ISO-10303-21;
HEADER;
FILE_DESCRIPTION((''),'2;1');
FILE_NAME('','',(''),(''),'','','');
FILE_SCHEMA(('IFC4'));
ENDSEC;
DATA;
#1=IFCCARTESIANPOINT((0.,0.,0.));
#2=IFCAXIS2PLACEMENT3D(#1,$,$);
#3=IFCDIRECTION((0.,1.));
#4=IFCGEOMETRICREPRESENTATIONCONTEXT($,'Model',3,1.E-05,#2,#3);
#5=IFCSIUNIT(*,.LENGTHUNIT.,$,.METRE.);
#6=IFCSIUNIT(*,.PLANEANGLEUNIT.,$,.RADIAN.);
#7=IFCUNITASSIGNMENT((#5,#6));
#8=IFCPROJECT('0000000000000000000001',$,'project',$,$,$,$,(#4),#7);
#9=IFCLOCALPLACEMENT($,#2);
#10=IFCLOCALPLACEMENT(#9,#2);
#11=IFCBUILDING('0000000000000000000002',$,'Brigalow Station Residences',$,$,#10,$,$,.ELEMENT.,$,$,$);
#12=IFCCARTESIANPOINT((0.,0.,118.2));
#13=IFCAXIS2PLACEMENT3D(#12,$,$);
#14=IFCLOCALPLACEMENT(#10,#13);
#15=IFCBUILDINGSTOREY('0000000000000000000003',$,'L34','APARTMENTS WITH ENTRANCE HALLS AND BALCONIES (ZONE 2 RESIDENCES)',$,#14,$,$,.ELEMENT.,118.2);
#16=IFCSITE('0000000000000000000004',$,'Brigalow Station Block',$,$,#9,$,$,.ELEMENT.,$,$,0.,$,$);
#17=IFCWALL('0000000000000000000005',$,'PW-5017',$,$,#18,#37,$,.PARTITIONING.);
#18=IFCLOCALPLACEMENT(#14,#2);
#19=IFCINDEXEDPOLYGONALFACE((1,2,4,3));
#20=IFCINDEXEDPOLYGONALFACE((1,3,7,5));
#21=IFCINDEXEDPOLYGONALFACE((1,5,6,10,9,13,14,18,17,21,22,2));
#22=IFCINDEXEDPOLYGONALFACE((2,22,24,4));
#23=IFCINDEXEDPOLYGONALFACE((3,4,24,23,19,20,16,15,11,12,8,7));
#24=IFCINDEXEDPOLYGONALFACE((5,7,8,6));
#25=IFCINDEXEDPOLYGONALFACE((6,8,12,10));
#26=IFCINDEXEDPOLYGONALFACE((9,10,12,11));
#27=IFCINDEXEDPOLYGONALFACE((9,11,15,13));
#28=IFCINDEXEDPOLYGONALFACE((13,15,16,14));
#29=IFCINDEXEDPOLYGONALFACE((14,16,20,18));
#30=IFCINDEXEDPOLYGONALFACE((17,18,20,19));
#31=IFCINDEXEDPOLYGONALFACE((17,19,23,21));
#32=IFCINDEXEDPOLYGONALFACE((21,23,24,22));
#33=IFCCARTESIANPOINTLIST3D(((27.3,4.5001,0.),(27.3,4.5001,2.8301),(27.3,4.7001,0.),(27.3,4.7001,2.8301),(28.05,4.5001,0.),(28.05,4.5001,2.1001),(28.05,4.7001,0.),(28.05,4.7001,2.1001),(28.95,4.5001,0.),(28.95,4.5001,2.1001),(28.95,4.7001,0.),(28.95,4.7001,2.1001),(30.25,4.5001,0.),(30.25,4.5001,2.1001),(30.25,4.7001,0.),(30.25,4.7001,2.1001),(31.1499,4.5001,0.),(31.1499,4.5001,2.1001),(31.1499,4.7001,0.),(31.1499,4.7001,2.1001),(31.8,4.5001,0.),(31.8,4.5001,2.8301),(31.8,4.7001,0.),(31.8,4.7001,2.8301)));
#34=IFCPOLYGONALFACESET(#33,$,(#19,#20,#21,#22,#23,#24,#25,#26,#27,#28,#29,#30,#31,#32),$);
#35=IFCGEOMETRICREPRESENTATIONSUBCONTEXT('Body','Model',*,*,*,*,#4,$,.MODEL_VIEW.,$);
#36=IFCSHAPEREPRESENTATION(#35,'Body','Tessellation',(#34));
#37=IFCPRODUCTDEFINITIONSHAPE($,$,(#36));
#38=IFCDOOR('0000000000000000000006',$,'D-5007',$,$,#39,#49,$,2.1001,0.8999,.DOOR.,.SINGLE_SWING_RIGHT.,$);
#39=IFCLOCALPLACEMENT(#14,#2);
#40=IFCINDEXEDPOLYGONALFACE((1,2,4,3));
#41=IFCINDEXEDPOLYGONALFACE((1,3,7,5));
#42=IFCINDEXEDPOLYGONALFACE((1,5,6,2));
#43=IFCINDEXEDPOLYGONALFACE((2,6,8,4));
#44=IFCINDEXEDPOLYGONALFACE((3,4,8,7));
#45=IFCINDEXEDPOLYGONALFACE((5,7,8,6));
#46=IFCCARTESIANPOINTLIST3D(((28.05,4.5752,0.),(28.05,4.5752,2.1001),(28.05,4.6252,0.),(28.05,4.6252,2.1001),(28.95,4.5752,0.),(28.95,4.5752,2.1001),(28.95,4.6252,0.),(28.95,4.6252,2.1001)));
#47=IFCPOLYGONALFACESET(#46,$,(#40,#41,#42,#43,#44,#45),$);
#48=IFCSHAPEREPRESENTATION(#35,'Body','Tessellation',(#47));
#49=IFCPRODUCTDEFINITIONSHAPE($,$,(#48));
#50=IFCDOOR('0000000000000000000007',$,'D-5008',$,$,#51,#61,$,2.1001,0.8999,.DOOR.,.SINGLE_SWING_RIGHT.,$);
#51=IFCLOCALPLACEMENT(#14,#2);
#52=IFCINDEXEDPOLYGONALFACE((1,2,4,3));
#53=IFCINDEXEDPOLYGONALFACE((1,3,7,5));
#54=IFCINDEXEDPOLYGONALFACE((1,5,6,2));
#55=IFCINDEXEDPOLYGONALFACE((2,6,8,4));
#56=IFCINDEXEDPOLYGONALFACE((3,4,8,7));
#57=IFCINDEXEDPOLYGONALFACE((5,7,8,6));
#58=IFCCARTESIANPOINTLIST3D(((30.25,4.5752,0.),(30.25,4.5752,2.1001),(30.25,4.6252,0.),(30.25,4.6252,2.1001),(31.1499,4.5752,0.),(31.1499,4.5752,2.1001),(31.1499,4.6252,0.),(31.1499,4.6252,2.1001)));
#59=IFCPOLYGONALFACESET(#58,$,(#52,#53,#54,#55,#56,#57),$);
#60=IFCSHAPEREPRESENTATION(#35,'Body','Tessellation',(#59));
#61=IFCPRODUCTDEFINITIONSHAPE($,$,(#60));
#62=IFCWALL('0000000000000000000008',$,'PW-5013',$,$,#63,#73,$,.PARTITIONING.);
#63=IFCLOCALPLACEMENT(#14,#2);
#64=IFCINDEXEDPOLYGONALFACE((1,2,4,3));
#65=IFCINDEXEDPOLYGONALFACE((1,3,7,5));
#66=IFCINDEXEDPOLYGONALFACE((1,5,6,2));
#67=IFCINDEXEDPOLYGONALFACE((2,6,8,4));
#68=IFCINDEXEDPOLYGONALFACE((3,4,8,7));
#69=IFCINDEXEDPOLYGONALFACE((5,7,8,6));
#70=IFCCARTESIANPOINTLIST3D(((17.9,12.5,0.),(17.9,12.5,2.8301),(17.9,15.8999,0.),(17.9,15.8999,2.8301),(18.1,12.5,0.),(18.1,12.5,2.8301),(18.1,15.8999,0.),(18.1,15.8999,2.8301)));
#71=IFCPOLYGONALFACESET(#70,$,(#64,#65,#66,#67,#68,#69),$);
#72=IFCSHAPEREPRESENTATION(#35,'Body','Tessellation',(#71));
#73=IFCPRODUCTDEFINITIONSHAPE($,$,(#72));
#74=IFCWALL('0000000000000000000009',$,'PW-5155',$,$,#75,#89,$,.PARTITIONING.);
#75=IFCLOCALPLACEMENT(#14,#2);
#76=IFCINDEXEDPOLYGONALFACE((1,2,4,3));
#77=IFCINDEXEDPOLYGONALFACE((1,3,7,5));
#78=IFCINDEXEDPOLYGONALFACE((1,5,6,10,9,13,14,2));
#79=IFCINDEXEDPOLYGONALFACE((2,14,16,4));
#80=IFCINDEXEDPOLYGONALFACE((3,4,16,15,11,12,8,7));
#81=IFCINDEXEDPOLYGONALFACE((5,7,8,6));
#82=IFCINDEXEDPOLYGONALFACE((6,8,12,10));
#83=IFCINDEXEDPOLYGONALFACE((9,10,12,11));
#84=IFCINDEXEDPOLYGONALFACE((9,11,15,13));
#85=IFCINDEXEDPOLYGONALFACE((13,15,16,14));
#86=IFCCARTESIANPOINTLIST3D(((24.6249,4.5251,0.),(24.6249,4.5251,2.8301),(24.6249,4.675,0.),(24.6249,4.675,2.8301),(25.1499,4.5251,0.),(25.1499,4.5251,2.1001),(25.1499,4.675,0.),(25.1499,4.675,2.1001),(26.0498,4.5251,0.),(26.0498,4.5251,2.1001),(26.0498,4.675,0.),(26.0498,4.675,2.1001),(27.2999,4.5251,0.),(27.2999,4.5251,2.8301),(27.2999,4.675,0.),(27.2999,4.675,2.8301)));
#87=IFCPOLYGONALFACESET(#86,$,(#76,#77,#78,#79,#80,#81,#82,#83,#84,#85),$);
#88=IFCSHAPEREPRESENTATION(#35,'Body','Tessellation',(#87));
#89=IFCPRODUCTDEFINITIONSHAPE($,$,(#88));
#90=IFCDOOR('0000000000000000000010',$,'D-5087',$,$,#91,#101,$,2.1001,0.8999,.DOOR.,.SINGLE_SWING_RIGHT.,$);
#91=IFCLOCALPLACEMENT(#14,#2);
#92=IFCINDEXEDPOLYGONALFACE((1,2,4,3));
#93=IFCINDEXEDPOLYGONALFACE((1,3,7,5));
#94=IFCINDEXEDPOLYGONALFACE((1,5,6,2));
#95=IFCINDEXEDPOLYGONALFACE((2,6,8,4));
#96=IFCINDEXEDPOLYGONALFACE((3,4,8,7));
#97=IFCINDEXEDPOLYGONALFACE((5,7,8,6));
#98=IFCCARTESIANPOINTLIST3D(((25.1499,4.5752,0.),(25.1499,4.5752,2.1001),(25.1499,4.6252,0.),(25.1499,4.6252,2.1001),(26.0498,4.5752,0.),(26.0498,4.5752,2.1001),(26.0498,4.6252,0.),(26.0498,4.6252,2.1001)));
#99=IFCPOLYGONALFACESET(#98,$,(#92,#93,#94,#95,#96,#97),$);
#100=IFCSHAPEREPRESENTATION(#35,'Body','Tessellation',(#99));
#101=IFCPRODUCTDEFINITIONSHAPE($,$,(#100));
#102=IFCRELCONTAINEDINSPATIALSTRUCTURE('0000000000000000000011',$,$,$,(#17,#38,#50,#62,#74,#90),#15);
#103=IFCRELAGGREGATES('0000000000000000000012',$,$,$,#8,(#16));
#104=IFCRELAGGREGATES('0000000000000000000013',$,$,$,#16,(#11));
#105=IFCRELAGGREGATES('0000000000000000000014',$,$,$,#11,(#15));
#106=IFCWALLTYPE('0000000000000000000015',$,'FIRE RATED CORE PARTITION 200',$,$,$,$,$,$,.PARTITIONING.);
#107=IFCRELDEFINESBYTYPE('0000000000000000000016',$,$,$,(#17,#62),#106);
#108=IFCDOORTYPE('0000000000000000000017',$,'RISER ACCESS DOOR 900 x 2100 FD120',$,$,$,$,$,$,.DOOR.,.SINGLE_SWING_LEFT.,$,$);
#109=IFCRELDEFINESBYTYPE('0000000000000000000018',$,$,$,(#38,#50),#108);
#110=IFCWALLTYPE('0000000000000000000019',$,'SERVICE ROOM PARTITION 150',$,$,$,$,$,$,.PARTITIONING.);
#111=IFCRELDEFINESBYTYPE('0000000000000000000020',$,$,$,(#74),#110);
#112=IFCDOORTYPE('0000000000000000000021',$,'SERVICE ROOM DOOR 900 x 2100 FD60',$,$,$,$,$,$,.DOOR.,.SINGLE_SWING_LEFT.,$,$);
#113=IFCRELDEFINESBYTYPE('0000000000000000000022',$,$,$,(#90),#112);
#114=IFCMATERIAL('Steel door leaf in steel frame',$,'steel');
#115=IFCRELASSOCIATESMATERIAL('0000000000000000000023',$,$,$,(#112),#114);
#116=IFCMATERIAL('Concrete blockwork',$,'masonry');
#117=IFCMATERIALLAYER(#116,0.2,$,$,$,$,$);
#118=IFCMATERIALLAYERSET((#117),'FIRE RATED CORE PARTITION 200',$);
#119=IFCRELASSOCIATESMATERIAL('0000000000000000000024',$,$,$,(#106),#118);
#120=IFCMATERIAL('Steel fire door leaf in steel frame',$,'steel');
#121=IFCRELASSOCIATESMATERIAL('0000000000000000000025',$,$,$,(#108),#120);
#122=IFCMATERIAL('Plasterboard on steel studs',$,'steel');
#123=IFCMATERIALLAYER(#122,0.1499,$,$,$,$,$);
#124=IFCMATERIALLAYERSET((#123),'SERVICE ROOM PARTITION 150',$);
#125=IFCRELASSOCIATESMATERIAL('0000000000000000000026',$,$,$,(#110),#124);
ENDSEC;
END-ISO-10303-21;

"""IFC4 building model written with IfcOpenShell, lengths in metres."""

from ifc_helpers import new_model, si_unit, direction, frame, frame_2d, origin, place, context, subcontext, project, spatial, rectangle, extrude, material, layer, layer_set, type_object, element, fill, save


model = new_model("IFC4")

# Units and contexts
model_context = context("Model", 3, precision=1e-05, world=origin(), true_north=direction((0.0, 1.0)))
body_context = subcontext(model_context, "Body", "Model", "MODEL_VIEW")
ifc_project = project(units=[si_unit("LENGTHUNIT", "METRE"), si_unit("PLANEANGLEUNIT", "RADIAN")], contexts=[model_context])

# Site, building, storey
site_placement = place(None, origin())
site = spatial("IfcSite", under=ifc_project, at=site_placement, Name="Brigalow Station Block", CompositionType="ELEMENT", RefElevation=0.0)
building_placement = place(site_placement, origin())
building = spatial("IfcBuilding", under=site, at=building_placement, Name="Brigalow Station Residences", CompositionType="ELEMENT")
storey_placement = place(building_placement, frame((0.0, 0.0, 118.2)))
storey = spatial("IfcBuildingStorey", under=building, at=storey_placement, Name="L34", Description="APARTMENTS WITH ENTRANCE HALLS AND BALCONIES (ZONE 2 RESIDENCES)", CompositionType="ELEMENT", Elevation=118.2)

# Wall, openings, doors
ifc_material_1 = material(Name="Steel door leaf in steel frame", Category="steel")
door_type_1 = type_object("IfcDoorType", Name="SERVICE ROOM DOOR 900 x 2100 FD60", OperationType="SINGLE_SWING_LEFT", PredefinedType="DOOR", material=ifc_material_1)
ifc_material_2 = material(Name="Concrete blockwork", Category="masonry")
ifc_layer_1 = layer(ifc_material_2, 0.2)
ifc_layer_set_1 = layer_set([ifc_layer_1], Name="FIRE RATED CORE PARTITION 200")
wall_type_1 = type_object("IfcWallType", Name="FIRE RATED CORE PARTITION 200", PredefinedType="PARTITIONING", material=ifc_layer_set_1)
wall_1_placement = place(storey_placement, frame((27.3, 4.6001, 0.0), z_axis=(0.0, 0.0, 1.0), x_axis=(1.0, 0.0, 0.0)))
wall_1 = element("IfcWall", 1, at=wall_1_placement, inside=storey, type_object=wall_type_1, Name="PW-5017", PredefinedType="PARTITIONING", context=body_context, shape_type="SweptSolid", body=[
    extrude(rectangle(XDim=4.5, YDim=0.2, at=frame_2d((2.25, 0.0))), origin(), (0.0, 0.0, 1.0), 2.8301),
])
opening_1_placement = place(wall_1_placement, frame((0.75, 0.0, 0.0)))
opening_1 = element("IfcOpeningElement", 2, at=opening_1_placement, cuts=wall_1, PredefinedType="OPENING", context=body_context, shape_type="SweptSolid", body=[
    extrude(rectangle(XDim=0.8999, YDim=2.1001, at=frame_2d((0.45, 1.05))), frame((0.0, 0.1099, 0.0), z_axis=(0.0, -1.0, 0.0), x_axis=(1.0, 0.0, 0.0)), (0.0, 0.0, 1.0), 0.22),
])
opening_2_placement = place(wall_1_placement, frame((2.95, 0.0, 0.0)))
opening_2 = element("IfcOpeningElement", 3, at=opening_2_placement, cuts=wall_1, PredefinedType="OPENING", context=body_context, shape_type="SweptSolid", body=[
    extrude(rectangle(XDim=0.8999, YDim=2.1001, at=frame_2d((0.45, 1.05))), frame((0.0, 0.1099, 0.0), z_axis=(0.0, -1.0, 0.0), x_axis=(1.0, 0.0, 0.0)), (0.0, 0.0, 1.0), 0.22),
])
ifc_material_3 = material(Name="Steel fire door leaf in steel frame", Category="steel")
door_type_2 = type_object("IfcDoorType", Name="RISER ACCESS DOOR 900 x 2100 FD120", OperationType="SINGLE_SWING_LEFT", PredefinedType="DOOR", material=ifc_material_3)
door_1_placement = place(opening_1_placement, frame((0.8999, 0.0, 0.0), z_axis=(0.0, 0.0, 1.0), x_axis=(-1.0, 0.0, 0.0)))
door_1 = element("IfcDoor", 4, at=door_1_placement, inside=storey, type_object=door_type_2, Name="D-5007", OperationType="SINGLE_SWING_RIGHT", OverallHeight=2.1001, OverallWidth=0.8999, PredefinedType="DOOR", context=body_context, shape_type="SweptSolid", body=[
    extrude(rectangle(XDim=0.8999, YDim=2.1001, at=frame_2d((0.45, 1.05))), frame((0.0, 0.0249, 0.0), z_axis=(0.0, -1.0, 0.0), x_axis=(1.0, 0.0, 0.0)), (0.0, 0.0, 1.0), 0.05),
])
fill(opening_1, door_1)
door_2_placement = place(opening_2_placement, frame((0.8999, 0.0, 0.0), z_axis=(0.0, 0.0, 1.0), x_axis=(-1.0, 0.0, 0.0)))
door_2 = element("IfcDoor", 5, at=door_2_placement, inside=storey, type_object=door_type_2, Name="D-5008", OperationType="SINGLE_SWING_RIGHT", OverallHeight=2.1001, OverallWidth=0.8999, PredefinedType="DOOR", context=body_context, shape_type="SweptSolid", body=[
    extrude(rectangle(XDim=0.8999, YDim=2.1001, at=frame_2d((0.45, 1.05))), frame((0.0, 0.0249, 0.0), z_axis=(0.0, -1.0, 0.0), x_axis=(1.0, 0.0, 0.0)), (0.0, 0.0, 1.0), 0.05),
])
fill(opening_2, door_2)

# Wall
wall_2_placement = place(storey_placement, frame((18.0, 12.5, 0.0), z_axis=(0.0, 0.0, 1.0), x_axis=(0.0, 1.0, 0.0)))
element("IfcWall", 6, at=wall_2_placement, inside=storey, type_object=wall_type_1, Name="PW-5013", PredefinedType="PARTITIONING", context=body_context, shape_type="SweptSolid", body=[
    extrude(rectangle(XDim=3.3999, YDim=0.2, at=frame_2d((1.7, 0.0))), origin(), (0.0, 0.0, 1.0), 2.8301),
])

# Wall, opening, door
ifc_material_4 = material(Name="Plasterboard on steel studs", Category="steel")
ifc_layer_2 = layer(ifc_material_4, 0.1499)
ifc_layer_set_2 = layer_set([ifc_layer_2], Name="SERVICE ROOM PARTITION 150")
wall_type_2 = type_object("IfcWallType", Name="SERVICE ROOM PARTITION 150", PredefinedType="PARTITIONING", material=ifc_layer_set_2)
wall_3_placement = place(storey_placement, frame((24.625, 4.6001, 0.0), z_axis=(0.0, 0.0, 1.0), x_axis=(1.0, 0.0, 0.0)))
wall_3 = element("IfcWall", 7, at=wall_3_placement, inside=storey, type_object=wall_type_2, Name="PW-5155", PredefinedType="PARTITIONING", context=body_context, shape_type="SweptSolid", body=[
    extrude(rectangle(XDim=2.675, YDim=0.1499, at=frame_2d((1.3374, 0.0))), origin(), (0.0, 0.0, 1.0), 2.8301),
])
opening_3_placement = place(wall_3_placement, frame((0.5249, 0.0, 0.0)))
opening_3 = element("IfcOpeningElement", 8, at=opening_3_placement, cuts=wall_3, PredefinedType="OPENING", context=body_context, shape_type="SweptSolid", body=[
    extrude(rectangle(XDim=0.8999, YDim=2.1001, at=frame_2d((0.45, 1.05))), frame((0.0, 0.085, 0.0), z_axis=(0.0, -1.0, 0.0), x_axis=(1.0, 0.0, 0.0)), (0.0, 0.0, 1.0), 0.1699),
])
door_3_placement = place(opening_3_placement, frame((0.8999, 0.0, 0.0), z_axis=(0.0, 0.0, 1.0), x_axis=(-1.0, 0.0, 0.0)))
door_3 = element("IfcDoor", 9, at=door_3_placement, inside=storey, type_object=door_type_1, Name="D-5087", OperationType="SINGLE_SWING_RIGHT", OverallHeight=2.1001, OverallWidth=0.8999, PredefinedType="DOOR", context=body_context, shape_type="SweptSolid", body=[
    extrude(rectangle(XDim=0.8999, YDim=2.1001, at=frame_2d((0.45, 1.05))), frame((0.0, 0.0249, 0.0), z_axis=(0.0, -1.0, 0.0), x_axis=(1.0, 0.0, 0.0)), (0.0, 0.0, 1.0), 0.05),
])
fill(opening_3, door_3)

save(model, "model.ifc")
